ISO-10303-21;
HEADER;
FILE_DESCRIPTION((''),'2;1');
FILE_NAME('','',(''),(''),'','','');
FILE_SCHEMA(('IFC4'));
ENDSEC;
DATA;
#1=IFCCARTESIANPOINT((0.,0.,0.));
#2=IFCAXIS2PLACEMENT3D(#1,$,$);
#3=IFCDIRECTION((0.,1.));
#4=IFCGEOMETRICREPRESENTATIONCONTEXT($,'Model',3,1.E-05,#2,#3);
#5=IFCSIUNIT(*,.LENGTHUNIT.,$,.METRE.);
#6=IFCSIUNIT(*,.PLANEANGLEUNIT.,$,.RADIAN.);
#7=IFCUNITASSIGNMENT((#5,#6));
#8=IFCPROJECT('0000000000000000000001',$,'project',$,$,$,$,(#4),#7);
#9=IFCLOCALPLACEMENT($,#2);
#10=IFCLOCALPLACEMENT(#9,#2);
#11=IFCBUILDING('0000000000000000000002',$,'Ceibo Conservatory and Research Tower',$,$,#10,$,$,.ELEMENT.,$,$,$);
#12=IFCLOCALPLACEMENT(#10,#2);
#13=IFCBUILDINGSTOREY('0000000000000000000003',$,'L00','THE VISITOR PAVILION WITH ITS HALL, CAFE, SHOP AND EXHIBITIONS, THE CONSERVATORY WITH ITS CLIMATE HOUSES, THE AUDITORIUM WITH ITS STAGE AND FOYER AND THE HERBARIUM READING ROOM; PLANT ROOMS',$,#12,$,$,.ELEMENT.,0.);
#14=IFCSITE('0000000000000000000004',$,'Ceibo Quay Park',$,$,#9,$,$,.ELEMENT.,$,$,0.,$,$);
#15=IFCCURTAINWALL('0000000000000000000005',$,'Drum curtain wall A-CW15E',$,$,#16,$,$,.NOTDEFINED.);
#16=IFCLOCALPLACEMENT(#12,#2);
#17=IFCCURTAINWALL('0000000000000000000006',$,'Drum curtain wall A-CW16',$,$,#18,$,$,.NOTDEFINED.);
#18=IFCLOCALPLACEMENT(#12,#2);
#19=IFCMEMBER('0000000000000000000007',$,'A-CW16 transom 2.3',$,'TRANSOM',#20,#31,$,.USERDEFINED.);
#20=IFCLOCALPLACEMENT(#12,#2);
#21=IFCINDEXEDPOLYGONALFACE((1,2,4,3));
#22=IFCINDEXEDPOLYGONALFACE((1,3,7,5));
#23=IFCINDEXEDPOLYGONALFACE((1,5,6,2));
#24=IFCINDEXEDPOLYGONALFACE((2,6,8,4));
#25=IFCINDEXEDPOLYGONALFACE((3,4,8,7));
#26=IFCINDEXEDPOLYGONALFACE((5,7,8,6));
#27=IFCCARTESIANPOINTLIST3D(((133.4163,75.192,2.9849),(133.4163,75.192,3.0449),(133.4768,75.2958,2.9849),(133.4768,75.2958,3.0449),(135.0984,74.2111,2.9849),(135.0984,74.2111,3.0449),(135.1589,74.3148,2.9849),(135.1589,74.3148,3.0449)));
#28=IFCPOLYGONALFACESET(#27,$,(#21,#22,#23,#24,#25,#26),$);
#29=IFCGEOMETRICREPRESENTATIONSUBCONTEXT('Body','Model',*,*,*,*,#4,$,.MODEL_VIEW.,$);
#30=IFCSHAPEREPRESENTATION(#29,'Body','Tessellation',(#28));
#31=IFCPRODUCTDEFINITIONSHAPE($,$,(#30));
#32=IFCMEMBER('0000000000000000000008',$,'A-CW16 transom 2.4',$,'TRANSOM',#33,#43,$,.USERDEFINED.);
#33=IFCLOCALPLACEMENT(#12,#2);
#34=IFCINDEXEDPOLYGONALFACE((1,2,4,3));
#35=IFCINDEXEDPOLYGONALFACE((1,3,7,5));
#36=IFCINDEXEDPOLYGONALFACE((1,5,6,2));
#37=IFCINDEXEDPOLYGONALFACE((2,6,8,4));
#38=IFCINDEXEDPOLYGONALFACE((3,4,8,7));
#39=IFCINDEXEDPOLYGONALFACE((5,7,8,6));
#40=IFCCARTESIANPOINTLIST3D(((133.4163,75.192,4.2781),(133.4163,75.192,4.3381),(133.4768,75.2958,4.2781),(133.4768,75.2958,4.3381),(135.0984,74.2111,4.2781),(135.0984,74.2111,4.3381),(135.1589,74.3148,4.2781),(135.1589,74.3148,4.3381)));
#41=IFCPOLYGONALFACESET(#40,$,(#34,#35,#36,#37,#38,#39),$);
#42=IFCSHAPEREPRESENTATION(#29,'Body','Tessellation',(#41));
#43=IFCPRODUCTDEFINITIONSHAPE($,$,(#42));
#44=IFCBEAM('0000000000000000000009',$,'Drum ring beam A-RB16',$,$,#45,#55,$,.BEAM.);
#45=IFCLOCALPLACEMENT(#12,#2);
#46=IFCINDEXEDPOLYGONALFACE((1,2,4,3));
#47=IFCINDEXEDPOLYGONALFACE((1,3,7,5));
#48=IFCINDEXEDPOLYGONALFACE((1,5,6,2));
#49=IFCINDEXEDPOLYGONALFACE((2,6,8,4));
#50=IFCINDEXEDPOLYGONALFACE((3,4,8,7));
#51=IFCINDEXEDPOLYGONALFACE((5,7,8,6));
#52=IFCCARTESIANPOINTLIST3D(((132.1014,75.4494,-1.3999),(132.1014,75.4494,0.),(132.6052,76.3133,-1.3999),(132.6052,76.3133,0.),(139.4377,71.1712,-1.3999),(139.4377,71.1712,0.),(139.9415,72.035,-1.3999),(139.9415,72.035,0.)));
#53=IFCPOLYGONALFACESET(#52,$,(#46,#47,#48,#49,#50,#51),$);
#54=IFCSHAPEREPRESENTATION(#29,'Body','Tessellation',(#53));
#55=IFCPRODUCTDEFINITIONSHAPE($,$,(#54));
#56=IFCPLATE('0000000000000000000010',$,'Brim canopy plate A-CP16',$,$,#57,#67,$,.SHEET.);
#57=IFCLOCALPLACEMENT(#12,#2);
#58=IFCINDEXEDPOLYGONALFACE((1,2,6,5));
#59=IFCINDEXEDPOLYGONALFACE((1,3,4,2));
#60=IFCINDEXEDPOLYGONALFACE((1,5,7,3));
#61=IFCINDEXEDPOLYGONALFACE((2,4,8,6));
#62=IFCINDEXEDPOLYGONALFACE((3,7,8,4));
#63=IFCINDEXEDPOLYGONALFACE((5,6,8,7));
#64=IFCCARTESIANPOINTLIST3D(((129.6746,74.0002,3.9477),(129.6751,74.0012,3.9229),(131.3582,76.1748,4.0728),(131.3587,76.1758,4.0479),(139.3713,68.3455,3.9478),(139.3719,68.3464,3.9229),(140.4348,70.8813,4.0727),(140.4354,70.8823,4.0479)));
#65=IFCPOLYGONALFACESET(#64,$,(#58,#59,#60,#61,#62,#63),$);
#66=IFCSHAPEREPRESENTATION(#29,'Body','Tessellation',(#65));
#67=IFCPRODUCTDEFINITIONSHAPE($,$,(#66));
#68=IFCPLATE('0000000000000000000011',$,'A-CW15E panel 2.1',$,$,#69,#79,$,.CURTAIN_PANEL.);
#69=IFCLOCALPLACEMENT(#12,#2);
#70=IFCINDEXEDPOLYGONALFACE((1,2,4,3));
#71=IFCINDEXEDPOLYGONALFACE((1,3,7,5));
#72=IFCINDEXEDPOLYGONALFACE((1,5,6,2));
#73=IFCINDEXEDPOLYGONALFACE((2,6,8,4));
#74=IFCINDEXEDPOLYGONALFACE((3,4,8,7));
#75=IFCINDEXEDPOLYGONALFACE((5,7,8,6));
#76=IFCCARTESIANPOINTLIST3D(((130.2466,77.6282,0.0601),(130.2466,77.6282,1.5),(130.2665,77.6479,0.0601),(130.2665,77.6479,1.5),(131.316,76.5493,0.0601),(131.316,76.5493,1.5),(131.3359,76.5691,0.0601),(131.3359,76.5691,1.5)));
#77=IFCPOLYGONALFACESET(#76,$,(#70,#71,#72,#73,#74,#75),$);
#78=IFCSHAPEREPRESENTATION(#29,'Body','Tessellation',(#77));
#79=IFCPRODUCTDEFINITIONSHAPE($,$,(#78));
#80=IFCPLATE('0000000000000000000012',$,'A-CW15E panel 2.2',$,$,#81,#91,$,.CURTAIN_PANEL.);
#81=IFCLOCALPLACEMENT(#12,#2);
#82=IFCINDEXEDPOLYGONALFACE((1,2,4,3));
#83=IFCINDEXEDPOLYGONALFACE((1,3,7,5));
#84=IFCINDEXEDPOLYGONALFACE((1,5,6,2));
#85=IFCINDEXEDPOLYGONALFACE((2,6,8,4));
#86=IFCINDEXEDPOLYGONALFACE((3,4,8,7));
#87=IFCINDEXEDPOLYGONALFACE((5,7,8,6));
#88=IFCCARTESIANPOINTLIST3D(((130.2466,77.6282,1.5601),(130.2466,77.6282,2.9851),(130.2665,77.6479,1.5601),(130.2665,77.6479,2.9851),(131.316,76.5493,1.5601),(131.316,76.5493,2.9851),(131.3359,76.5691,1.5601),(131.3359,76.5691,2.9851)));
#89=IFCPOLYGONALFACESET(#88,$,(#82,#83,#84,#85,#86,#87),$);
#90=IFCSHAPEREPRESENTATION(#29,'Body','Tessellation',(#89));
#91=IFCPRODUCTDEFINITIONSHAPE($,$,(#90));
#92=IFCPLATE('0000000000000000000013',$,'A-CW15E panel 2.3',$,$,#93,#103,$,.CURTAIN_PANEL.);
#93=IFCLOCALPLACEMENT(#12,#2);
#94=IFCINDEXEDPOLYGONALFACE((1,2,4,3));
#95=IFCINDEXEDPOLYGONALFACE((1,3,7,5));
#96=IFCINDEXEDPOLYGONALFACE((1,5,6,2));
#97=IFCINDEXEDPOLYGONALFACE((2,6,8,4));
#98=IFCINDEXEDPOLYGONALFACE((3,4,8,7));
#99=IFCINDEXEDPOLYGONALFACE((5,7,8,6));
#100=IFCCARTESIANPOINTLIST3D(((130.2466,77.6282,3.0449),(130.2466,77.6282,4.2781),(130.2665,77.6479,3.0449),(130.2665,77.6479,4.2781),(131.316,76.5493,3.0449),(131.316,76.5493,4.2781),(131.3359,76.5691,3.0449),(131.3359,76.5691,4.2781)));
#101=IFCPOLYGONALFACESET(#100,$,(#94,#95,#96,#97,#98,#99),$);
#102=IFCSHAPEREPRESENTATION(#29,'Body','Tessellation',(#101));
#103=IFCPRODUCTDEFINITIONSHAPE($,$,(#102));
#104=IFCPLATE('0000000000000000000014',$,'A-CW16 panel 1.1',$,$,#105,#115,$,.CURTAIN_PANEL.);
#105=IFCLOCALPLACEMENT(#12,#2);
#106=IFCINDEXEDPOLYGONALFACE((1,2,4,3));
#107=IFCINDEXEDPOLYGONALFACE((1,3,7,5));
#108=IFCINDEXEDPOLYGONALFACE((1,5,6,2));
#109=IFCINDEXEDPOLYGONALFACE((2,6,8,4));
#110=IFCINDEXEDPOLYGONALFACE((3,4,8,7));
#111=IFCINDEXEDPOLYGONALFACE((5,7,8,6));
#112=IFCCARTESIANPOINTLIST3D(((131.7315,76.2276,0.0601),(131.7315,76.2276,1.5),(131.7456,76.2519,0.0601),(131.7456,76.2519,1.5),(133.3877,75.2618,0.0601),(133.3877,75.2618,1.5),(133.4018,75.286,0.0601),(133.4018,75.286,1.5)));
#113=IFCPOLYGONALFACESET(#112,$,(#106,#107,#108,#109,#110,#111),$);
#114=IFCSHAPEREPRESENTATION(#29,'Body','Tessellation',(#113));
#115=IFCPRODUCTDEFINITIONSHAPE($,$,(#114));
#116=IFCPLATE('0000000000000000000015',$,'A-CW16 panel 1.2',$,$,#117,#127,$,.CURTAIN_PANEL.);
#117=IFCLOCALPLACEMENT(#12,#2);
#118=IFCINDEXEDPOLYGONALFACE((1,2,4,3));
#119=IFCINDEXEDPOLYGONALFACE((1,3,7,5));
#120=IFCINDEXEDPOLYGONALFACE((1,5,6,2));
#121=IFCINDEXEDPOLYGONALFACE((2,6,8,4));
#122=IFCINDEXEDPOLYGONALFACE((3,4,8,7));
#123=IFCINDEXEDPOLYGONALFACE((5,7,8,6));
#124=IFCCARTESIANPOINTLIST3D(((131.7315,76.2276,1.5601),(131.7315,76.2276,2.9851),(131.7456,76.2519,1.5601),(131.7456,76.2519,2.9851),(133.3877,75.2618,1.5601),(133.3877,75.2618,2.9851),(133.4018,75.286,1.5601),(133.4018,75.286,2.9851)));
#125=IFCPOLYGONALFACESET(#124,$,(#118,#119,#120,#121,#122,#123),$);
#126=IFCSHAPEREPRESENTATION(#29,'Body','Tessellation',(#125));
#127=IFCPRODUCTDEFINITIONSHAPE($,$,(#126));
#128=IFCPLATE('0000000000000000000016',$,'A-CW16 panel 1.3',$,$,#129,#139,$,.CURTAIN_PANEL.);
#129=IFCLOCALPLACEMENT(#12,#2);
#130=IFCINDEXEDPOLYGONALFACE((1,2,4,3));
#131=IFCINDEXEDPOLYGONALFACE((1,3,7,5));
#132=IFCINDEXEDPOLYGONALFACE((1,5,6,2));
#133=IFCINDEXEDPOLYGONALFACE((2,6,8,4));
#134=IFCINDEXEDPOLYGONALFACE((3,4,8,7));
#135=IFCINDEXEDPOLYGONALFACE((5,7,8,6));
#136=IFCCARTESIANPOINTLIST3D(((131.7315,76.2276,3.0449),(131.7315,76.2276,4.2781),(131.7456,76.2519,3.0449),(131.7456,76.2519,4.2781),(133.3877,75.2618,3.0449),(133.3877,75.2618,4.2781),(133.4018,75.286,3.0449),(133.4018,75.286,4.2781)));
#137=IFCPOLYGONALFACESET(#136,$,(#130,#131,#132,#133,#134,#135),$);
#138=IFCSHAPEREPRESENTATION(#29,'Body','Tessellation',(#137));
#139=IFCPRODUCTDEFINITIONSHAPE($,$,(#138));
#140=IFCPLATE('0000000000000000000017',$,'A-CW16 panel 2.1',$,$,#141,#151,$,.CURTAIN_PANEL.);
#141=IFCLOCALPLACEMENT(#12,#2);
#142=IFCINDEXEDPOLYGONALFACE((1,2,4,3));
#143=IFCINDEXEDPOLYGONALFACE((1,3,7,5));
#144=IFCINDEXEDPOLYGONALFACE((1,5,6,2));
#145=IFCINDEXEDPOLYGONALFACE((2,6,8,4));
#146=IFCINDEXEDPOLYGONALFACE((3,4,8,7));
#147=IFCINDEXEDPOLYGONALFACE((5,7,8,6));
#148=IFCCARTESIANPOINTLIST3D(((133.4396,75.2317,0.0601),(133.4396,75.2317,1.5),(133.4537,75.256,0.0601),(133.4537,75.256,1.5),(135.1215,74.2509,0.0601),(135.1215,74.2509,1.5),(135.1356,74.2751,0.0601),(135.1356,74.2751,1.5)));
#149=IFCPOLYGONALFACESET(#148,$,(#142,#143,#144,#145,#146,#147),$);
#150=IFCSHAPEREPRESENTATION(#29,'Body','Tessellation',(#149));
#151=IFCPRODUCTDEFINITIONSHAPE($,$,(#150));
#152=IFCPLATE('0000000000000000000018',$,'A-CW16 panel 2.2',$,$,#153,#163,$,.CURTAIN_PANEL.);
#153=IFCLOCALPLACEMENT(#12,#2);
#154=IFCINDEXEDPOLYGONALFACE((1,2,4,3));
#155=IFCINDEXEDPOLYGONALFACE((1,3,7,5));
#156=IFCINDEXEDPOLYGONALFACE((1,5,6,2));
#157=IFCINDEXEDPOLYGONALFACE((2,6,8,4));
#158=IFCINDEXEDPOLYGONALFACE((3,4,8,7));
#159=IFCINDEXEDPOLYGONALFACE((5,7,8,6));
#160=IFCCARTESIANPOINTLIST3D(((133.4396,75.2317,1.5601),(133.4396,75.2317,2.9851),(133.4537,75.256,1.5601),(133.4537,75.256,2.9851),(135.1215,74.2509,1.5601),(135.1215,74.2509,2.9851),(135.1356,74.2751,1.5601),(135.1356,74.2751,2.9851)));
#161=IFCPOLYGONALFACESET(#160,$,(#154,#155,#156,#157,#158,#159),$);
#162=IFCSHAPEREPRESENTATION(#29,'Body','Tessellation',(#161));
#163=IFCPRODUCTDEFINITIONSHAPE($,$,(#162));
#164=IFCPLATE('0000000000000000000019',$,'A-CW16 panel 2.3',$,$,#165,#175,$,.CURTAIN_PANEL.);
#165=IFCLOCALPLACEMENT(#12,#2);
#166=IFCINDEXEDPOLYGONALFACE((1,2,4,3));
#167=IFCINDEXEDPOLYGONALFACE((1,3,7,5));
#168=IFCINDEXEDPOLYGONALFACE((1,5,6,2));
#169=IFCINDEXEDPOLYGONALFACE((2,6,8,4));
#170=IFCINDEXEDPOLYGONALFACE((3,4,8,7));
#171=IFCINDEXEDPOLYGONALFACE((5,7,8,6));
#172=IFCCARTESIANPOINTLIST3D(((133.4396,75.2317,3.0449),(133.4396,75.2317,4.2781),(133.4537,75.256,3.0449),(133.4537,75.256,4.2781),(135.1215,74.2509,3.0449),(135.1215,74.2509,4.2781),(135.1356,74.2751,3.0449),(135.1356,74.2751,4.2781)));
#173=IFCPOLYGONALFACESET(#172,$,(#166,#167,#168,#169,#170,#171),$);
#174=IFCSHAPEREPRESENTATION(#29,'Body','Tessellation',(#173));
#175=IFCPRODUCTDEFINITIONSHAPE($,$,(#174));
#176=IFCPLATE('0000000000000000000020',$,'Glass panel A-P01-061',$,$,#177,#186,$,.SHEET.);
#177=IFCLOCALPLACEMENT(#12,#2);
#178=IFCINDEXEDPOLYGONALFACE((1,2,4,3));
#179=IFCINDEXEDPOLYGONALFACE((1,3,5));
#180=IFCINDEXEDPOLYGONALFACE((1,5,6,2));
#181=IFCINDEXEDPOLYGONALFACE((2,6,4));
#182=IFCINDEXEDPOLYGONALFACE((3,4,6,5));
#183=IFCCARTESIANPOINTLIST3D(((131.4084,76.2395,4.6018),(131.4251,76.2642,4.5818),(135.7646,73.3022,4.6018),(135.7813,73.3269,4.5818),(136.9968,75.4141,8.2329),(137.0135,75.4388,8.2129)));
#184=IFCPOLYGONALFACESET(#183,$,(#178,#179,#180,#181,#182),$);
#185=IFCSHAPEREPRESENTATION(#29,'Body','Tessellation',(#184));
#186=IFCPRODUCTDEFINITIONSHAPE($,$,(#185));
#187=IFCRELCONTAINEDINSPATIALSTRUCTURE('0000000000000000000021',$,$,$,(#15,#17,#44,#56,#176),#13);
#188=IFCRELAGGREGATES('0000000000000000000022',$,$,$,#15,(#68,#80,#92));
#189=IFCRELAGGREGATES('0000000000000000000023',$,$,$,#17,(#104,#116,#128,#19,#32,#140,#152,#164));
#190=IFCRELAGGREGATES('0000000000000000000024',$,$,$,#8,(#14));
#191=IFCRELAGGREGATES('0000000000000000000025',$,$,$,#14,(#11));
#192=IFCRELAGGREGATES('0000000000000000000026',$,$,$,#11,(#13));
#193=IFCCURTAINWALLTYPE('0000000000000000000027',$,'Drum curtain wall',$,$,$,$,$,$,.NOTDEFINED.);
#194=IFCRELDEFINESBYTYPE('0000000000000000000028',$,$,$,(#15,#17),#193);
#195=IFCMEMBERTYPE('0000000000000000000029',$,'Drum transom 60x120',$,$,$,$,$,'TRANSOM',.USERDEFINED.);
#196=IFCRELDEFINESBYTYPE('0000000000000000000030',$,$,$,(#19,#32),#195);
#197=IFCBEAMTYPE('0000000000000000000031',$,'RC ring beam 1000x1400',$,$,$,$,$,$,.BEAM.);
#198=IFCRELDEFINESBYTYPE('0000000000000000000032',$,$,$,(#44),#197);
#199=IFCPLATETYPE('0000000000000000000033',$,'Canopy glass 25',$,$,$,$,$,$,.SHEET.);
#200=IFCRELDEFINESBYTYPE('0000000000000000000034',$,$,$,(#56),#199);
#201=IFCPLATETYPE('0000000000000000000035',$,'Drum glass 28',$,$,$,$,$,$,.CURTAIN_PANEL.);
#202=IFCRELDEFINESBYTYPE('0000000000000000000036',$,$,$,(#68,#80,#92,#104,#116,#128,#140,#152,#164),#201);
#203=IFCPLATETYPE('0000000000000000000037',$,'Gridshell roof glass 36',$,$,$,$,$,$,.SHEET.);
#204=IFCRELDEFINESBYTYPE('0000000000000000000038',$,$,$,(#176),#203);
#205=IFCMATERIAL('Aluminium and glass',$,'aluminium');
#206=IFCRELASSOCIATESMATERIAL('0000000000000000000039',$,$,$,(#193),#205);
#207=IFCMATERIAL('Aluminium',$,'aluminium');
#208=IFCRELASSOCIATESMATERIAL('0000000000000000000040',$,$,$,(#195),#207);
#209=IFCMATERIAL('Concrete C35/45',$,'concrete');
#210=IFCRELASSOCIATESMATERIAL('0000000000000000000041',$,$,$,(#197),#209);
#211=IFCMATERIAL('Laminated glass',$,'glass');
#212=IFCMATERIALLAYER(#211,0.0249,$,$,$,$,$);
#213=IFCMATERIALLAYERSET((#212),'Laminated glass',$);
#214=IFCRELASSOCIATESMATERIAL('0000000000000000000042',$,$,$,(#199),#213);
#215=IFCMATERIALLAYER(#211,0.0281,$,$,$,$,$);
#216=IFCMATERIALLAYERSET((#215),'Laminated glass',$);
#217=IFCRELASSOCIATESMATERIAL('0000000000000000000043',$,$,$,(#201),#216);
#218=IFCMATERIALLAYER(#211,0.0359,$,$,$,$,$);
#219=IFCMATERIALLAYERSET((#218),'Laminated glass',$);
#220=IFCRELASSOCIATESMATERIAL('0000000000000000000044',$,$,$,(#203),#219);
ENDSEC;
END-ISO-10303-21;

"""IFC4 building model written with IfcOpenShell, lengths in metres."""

from ifc_helpers import new_model, si_unit, direction, frame, origin, origin_2d, place, context, subcontext, project, spatial, polyline, rectangle, outline, extrude, material, layer, layer_set, material_profile, profile_set, type_object, element, aggregate, save


model = new_model("IFC4")

# Units and contexts
model_context = context("Model", 3, precision=1e-05, world=origin(), true_north=direction((0.0, 1.0)))
body_context = subcontext(model_context, "Body", "Model", "MODEL_VIEW")
ifc_project = project(units=[si_unit("LENGTHUNIT", "METRE"), si_unit("PLANEANGLEUNIT", "RADIAN")], contexts=[model_context])

# Site, building, storey
site_placement = place(None, origin())
site = spatial("IfcSite", under=ifc_project, at=site_placement, Name="Ceibo Quay Park", CompositionType="ELEMENT", RefElevation=0.0)
building_placement = place(site_placement, origin())
building = spatial("IfcBuilding", under=site, at=building_placement, Name="Ceibo Conservatory and Research Tower", CompositionType="ELEMENT")
storey_placement = place(building_placement, origin())
storey = spatial("IfcBuildingStorey", under=building, at=storey_placement, Name="L00", Description="THE VISITOR PAVILION WITH ITS HALL, CAFE, SHOP AND EXHIBITIONS, THE CONSERVATORY WITH ITS CLIMATE HOUSES, THE AUDITORIUM WITH ITS STAGE AND FOYER AND THE HERBARIUM READING ROOM; PLANT ROOMS", CompositionType="ELEMENT", Elevation=0.0)

# Shared definitions
ifc_material_1 = material(Name="Concrete C35/45", Category="concrete")

# Curtain wall
ifc_material_2 = material(Name="Aluminium and glass", Category="aluminium")
curtain_wall_type = type_object("IfcCurtainWallType", Name="Drum curtain wall", PredefinedType="NOTDEFINED", material=ifc_material_2)
curtain_wall_1_placement = place(storey_placement, origin())
curtain_wall_1 = element("IfcCurtainWall", 1, at=curtain_wall_1_placement, inside=storey, type_object=curtain_wall_type, Name="Drum curtain wall A-CW15E", PredefinedType="NOTDEFINED")
ifc_material_3 = material(Name="Aluminium", Category="aluminium")

# Curtain wall
curtain_wall_2_placement = place(storey_placement, origin())
curtain_wall_2 = element("IfcCurtainWall", 2, at=curtain_wall_2_placement, inside=storey, type_object=curtain_wall_type, Name="Drum curtain wall A-CW16", PredefinedType="NOTDEFINED")

# Members
ifc_material_profile_1 = material_profile(ifc_material_3, rectangle(XDim=0.1201, YDim=0.0601, at=origin_2d()), Name="AL 60x120")
ifc_profile_set_1 = profile_set([ifc_material_profile_1], Name="Aluminium")
member_type_1 = type_object("IfcMemberType", Name="Drum transom 60x120", ElementType="TRANSOM", PredefinedType="USERDEFINED", material=ifc_profile_set_1)
member_1_placement = place(storey_placement, frame((133.4465, 75.2439, 3.0149), z_axis=(0.863843, -0.503762, 0.0), x_axis=(0.503762, 0.863843, 0.0)))
member_1 = element("IfcMember", 3, at=member_1_placement, type_object=member_type_1, Name="A-CW16 transom 2.3", ObjectType="TRANSOM", PredefinedType="USERDEFINED", context=body_context, shape_type="SweptSolid", body=[
    extrude(rectangle(XDim=0.1201, YDim=0.0601, at=origin_2d()), origin(), (0.0, 0.0, 1.0), 1.9473),
])
member_2_placement = place(storey_placement, frame((133.4465, 75.2439, 4.3081), z_axis=(0.863843, -0.503762, 0.0), x_axis=(0.503762, 0.863843, 0.0)))
member_2 = element("IfcMember", 4, at=member_2_placement, type_object=member_type_1, Name="A-CW16 transom 2.4", ObjectType="TRANSOM", PredefinedType="USERDEFINED", context=body_context, shape_type="SweptSolid", body=[
    extrude(rectangle(XDim=0.1201, YDim=0.0601, at=origin_2d()), origin(), (0.0, 0.0, 1.0), 1.9473),
])

# Beam
ifc_material_profile_2 = material_profile(ifc_material_1, rectangle(XDim=1.0, YDim=1.3999, at=origin_2d()), Name="RC 1000x1400")
ifc_profile_set_2 = profile_set([ifc_material_profile_2], Name="Concrete C35/45")
beam_type = type_object("IfcBeamType", Name="RC ring beam 1000x1400", PredefinedType="BEAM", material=ifc_profile_set_2)
beam_placement = place(storey_placement, frame((132.3533, 75.8813, -0.7), z_axis=(0.863844, -0.50376, 0.0), x_axis=(0.50376, 0.863844, 0.0)))
element("IfcBeam", 5, at=beam_placement, inside=storey, type_object=beam_type, Name="Drum ring beam A-RB16", PredefinedType="BEAM", context=body_context, shape_type="SweptSolid", body=[
    extrude(rectangle(XDim=1.0, YDim=1.3999, at=origin_2d()), origin(), (0.0, 0.0, 1.0), 8.4927),
])

# Plates
ifc_material_4 = material(Name="Laminated glass", Category="glass")
ifc_layer_1 = layer(ifc_material_4, 0.0249)
ifc_layer_set_1 = layer_set([ifc_layer_1], Name="Laminated glass")
plate_type_1 = type_object("IfcPlateType", Name="Canopy glass 25", PredefinedType="SHEET", material=ifc_layer_set_1)
plate_1_placement = place(storey_placement, frame((131.3582, 76.1748, 4.0728), z_axis=(0.023072, 0.039563, -0.998951), x_axis=(0.863831, -0.503781, -0.000001)))
element("IfcPlate", 6, at=plate_1_placement, inside=storey, type_object=plate_type_1, Name="Brim canopy plate A-CP16", PredefinedType="SHEET", context=body_context, shape_type="SweptSolid", body=[
    extrude(outline(polyline([(0.0, 0.0), (10.5074, 0.0), (10.8663, 2.7292), (-0.3588, 2.7295), (0.0, 0.0)])), origin(), (0.0, 0.0, 1.0), 0.0249),
])
ifc_layer_2 = layer(ifc_material_4, 0.0281)
ifc_layer_set_2 = layer_set([ifc_layer_2], Name="Laminated glass")
plate_type_2 = type_object("IfcPlateType", Name="Drum glass 28", PredefinedType="CURTAIN_PANEL", material=ifc_layer_set_2)
plate_2_placement = place(storey_placement, frame((130.7913, 77.0986, 0.0601), z_axis=(0.0, 0.0, 1.0), x_axis=(0.704015, -0.710185, 0.0)))
plate_2 = element("IfcPlate", 7, at=plate_2_placement, type_object=plate_type_2, Name="A-CW15E panel 2.1", PredefinedType="CURTAIN_PANEL", context=body_context, shape_type="SweptSolid", body=[
    extrude(rectangle(XDim=1.519, YDim=0.0281, at=origin_2d()), origin(), (0.0, 0.0, 1.0), 1.4399),
])
plate_3_placement = place(storey_placement, frame((130.7913, 77.0986, 1.5601), z_axis=(0.0, 0.0, 1.0), x_axis=(0.704015, -0.710185, 0.0)))
plate_3 = element("IfcPlate", 8, at=plate_3_placement, type_object=plate_type_2, Name="A-CW15E panel 2.2", PredefinedType="CURTAIN_PANEL", context=body_context, shape_type="SweptSolid", body=[
    extrude(rectangle(XDim=1.519, YDim=0.0281, at=origin_2d()), origin(), (0.0, 0.0, 1.0), 1.425),
])
plate_4_placement = place(storey_placement, frame((130.7913, 77.0986, 3.0449), z_axis=(0.0, 0.0, 1.0), x_axis=(0.704015, -0.710185, 0.0)))
plate_4 = element("IfcPlate", 9, at=plate_4_placement, type_object=plate_type_2, Name="A-CW15E panel 2.3", PredefinedType="CURTAIN_PANEL", context=body_context, shape_type="SweptSolid", body=[
    extrude(rectangle(XDim=1.519, YDim=0.0281, at=origin_2d()), origin(), (0.0, 0.0, 1.0), 1.2332),
])
aggregate(curtain_wall_1, [plate_2, plate_3, plate_4])
plate_5_placement = place(storey_placement, frame((132.5667, 75.7568, 0.0601), z_axis=(0.0, 0.0, 1.0), x_axis=(0.863836, -0.503774, 0.0)))
plate_5 = element("IfcPlate", 10, at=plate_5_placement, type_object=plate_type_2, Name="A-CW16 panel 1.1", PredefinedType="CURTAIN_PANEL", context=body_context, shape_type="SweptSolid", body=[
    extrude(rectangle(XDim=1.9172, YDim=0.0281, at=origin_2d()), origin(), (0.0, 0.0, 1.0), 1.4399),
])
plate_6_placement = place(storey_placement, frame((132.5667, 75.7568, 1.5601), z_axis=(0.0, 0.0, 1.0), x_axis=(0.863836, -0.503774, 0.0)))
plate_6 = element("IfcPlate", 11, at=plate_6_placement, type_object=plate_type_2, Name="A-CW16 panel 1.2", PredefinedType="CURTAIN_PANEL", context=body_context, shape_type="SweptSolid", body=[
    extrude(rectangle(XDim=1.9172, YDim=0.0281, at=origin_2d()), origin(), (0.0, 0.0, 1.0), 1.425),
])
plate_7_placement = place(storey_placement, frame((132.5667, 75.7568, 3.0449), z_axis=(0.0, 0.0, 1.0), x_axis=(0.863836, -0.503774, 0.0)))
plate_7 = element("IfcPlate", 12, at=plate_7_placement, type_object=plate_type_2, Name="A-CW16 panel 1.3", PredefinedType="CURTAIN_PANEL", context=body_context, shape_type="SweptSolid", body=[
    extrude(rectangle(XDim=1.9172, YDim=0.0281, at=origin_2d()), origin(), (0.0, 0.0, 1.0), 1.2332),
])
plate_8_placement = place(storey_placement, frame((134.2876, 74.7534, 0.0601), z_axis=(0.0, 0.0, 1.0), x_axis=(0.863836, -0.503774, 0.0)))
plate_8 = element("IfcPlate", 13, at=plate_8_placement, type_object=plate_type_2, Name="A-CW16 panel 2.1", PredefinedType="CURTAIN_PANEL", context=body_context, shape_type="SweptSolid", body=[
    extrude(rectangle(XDim=1.947, YDim=0.0281, at=origin_2d()), origin(), (0.0, 0.0, 1.0), 1.4399),
])
plate_9_placement = place(storey_placement, frame((134.2876, 74.7534, 1.5601), z_axis=(0.0, 0.0, 1.0), x_axis=(0.863836, -0.503774, 0.0)))
plate_9 = element("IfcPlate", 14, at=plate_9_placement, type_object=plate_type_2, Name="A-CW16 panel 2.2", PredefinedType="CURTAIN_PANEL", context=body_context, shape_type="SweptSolid", body=[
    extrude(rectangle(XDim=1.947, YDim=0.0281, at=origin_2d()), origin(), (0.0, 0.0, 1.0), 1.425),
])
plate_10_placement = place(storey_placement, frame((134.2876, 74.7534, 3.0449), z_axis=(0.0, 0.0, 1.0), x_axis=(0.863836, -0.503774, 0.0)))
plate_10 = element("IfcPlate", 15, at=plate_10_placement, type_object=plate_type_2, Name="A-CW16 panel 2.3", PredefinedType="CURTAIN_PANEL", context=body_context, shape_type="SweptSolid", body=[
    extrude(rectangle(XDim=1.947, YDim=0.0281, at=origin_2d()), origin(), (0.0, 0.0, 1.0), 1.2332),
])
aggregate(curtain_wall_2, [plate_5, plate_6, plate_7, member_1, member_2, plate_8, plate_9, plate_10])

# Plate
ifc_layer_3 = layer(ifc_material_4, 0.0359)
ifc_layer_set_3 = layer_set([ifc_layer_3], Name="Laminated glass")
plate_type_3 = type_object("IfcPlateType", Name="Gridshell roof glass 36", PredefinedType="SHEET", material=ifc_layer_set_3)
plate_11_placement = place(storey_placement, frame((131.4084, 76.2395, 4.6018), z_axis=(-0.464034, -0.688203, 0.557718), x_axis=(0.829129, -0.559057, 0.0)))
element("IfcPlate", 16, at=plate_11_placement, inside=storey, type_object=plate_type_3, Name="Glass panel A-P01-061", PredefinedType="SHEET", context=body_context, shape_type="SweptSolid", body=[
    extrude(outline(polyline([(0.0, 0.0), (5.2539, 0.0), (5.095, 4.3747), (0.0, 0.0)])), origin(), (0.0, 0.0, -1.0), 0.0359),
])

save(model, "model.ifc")
